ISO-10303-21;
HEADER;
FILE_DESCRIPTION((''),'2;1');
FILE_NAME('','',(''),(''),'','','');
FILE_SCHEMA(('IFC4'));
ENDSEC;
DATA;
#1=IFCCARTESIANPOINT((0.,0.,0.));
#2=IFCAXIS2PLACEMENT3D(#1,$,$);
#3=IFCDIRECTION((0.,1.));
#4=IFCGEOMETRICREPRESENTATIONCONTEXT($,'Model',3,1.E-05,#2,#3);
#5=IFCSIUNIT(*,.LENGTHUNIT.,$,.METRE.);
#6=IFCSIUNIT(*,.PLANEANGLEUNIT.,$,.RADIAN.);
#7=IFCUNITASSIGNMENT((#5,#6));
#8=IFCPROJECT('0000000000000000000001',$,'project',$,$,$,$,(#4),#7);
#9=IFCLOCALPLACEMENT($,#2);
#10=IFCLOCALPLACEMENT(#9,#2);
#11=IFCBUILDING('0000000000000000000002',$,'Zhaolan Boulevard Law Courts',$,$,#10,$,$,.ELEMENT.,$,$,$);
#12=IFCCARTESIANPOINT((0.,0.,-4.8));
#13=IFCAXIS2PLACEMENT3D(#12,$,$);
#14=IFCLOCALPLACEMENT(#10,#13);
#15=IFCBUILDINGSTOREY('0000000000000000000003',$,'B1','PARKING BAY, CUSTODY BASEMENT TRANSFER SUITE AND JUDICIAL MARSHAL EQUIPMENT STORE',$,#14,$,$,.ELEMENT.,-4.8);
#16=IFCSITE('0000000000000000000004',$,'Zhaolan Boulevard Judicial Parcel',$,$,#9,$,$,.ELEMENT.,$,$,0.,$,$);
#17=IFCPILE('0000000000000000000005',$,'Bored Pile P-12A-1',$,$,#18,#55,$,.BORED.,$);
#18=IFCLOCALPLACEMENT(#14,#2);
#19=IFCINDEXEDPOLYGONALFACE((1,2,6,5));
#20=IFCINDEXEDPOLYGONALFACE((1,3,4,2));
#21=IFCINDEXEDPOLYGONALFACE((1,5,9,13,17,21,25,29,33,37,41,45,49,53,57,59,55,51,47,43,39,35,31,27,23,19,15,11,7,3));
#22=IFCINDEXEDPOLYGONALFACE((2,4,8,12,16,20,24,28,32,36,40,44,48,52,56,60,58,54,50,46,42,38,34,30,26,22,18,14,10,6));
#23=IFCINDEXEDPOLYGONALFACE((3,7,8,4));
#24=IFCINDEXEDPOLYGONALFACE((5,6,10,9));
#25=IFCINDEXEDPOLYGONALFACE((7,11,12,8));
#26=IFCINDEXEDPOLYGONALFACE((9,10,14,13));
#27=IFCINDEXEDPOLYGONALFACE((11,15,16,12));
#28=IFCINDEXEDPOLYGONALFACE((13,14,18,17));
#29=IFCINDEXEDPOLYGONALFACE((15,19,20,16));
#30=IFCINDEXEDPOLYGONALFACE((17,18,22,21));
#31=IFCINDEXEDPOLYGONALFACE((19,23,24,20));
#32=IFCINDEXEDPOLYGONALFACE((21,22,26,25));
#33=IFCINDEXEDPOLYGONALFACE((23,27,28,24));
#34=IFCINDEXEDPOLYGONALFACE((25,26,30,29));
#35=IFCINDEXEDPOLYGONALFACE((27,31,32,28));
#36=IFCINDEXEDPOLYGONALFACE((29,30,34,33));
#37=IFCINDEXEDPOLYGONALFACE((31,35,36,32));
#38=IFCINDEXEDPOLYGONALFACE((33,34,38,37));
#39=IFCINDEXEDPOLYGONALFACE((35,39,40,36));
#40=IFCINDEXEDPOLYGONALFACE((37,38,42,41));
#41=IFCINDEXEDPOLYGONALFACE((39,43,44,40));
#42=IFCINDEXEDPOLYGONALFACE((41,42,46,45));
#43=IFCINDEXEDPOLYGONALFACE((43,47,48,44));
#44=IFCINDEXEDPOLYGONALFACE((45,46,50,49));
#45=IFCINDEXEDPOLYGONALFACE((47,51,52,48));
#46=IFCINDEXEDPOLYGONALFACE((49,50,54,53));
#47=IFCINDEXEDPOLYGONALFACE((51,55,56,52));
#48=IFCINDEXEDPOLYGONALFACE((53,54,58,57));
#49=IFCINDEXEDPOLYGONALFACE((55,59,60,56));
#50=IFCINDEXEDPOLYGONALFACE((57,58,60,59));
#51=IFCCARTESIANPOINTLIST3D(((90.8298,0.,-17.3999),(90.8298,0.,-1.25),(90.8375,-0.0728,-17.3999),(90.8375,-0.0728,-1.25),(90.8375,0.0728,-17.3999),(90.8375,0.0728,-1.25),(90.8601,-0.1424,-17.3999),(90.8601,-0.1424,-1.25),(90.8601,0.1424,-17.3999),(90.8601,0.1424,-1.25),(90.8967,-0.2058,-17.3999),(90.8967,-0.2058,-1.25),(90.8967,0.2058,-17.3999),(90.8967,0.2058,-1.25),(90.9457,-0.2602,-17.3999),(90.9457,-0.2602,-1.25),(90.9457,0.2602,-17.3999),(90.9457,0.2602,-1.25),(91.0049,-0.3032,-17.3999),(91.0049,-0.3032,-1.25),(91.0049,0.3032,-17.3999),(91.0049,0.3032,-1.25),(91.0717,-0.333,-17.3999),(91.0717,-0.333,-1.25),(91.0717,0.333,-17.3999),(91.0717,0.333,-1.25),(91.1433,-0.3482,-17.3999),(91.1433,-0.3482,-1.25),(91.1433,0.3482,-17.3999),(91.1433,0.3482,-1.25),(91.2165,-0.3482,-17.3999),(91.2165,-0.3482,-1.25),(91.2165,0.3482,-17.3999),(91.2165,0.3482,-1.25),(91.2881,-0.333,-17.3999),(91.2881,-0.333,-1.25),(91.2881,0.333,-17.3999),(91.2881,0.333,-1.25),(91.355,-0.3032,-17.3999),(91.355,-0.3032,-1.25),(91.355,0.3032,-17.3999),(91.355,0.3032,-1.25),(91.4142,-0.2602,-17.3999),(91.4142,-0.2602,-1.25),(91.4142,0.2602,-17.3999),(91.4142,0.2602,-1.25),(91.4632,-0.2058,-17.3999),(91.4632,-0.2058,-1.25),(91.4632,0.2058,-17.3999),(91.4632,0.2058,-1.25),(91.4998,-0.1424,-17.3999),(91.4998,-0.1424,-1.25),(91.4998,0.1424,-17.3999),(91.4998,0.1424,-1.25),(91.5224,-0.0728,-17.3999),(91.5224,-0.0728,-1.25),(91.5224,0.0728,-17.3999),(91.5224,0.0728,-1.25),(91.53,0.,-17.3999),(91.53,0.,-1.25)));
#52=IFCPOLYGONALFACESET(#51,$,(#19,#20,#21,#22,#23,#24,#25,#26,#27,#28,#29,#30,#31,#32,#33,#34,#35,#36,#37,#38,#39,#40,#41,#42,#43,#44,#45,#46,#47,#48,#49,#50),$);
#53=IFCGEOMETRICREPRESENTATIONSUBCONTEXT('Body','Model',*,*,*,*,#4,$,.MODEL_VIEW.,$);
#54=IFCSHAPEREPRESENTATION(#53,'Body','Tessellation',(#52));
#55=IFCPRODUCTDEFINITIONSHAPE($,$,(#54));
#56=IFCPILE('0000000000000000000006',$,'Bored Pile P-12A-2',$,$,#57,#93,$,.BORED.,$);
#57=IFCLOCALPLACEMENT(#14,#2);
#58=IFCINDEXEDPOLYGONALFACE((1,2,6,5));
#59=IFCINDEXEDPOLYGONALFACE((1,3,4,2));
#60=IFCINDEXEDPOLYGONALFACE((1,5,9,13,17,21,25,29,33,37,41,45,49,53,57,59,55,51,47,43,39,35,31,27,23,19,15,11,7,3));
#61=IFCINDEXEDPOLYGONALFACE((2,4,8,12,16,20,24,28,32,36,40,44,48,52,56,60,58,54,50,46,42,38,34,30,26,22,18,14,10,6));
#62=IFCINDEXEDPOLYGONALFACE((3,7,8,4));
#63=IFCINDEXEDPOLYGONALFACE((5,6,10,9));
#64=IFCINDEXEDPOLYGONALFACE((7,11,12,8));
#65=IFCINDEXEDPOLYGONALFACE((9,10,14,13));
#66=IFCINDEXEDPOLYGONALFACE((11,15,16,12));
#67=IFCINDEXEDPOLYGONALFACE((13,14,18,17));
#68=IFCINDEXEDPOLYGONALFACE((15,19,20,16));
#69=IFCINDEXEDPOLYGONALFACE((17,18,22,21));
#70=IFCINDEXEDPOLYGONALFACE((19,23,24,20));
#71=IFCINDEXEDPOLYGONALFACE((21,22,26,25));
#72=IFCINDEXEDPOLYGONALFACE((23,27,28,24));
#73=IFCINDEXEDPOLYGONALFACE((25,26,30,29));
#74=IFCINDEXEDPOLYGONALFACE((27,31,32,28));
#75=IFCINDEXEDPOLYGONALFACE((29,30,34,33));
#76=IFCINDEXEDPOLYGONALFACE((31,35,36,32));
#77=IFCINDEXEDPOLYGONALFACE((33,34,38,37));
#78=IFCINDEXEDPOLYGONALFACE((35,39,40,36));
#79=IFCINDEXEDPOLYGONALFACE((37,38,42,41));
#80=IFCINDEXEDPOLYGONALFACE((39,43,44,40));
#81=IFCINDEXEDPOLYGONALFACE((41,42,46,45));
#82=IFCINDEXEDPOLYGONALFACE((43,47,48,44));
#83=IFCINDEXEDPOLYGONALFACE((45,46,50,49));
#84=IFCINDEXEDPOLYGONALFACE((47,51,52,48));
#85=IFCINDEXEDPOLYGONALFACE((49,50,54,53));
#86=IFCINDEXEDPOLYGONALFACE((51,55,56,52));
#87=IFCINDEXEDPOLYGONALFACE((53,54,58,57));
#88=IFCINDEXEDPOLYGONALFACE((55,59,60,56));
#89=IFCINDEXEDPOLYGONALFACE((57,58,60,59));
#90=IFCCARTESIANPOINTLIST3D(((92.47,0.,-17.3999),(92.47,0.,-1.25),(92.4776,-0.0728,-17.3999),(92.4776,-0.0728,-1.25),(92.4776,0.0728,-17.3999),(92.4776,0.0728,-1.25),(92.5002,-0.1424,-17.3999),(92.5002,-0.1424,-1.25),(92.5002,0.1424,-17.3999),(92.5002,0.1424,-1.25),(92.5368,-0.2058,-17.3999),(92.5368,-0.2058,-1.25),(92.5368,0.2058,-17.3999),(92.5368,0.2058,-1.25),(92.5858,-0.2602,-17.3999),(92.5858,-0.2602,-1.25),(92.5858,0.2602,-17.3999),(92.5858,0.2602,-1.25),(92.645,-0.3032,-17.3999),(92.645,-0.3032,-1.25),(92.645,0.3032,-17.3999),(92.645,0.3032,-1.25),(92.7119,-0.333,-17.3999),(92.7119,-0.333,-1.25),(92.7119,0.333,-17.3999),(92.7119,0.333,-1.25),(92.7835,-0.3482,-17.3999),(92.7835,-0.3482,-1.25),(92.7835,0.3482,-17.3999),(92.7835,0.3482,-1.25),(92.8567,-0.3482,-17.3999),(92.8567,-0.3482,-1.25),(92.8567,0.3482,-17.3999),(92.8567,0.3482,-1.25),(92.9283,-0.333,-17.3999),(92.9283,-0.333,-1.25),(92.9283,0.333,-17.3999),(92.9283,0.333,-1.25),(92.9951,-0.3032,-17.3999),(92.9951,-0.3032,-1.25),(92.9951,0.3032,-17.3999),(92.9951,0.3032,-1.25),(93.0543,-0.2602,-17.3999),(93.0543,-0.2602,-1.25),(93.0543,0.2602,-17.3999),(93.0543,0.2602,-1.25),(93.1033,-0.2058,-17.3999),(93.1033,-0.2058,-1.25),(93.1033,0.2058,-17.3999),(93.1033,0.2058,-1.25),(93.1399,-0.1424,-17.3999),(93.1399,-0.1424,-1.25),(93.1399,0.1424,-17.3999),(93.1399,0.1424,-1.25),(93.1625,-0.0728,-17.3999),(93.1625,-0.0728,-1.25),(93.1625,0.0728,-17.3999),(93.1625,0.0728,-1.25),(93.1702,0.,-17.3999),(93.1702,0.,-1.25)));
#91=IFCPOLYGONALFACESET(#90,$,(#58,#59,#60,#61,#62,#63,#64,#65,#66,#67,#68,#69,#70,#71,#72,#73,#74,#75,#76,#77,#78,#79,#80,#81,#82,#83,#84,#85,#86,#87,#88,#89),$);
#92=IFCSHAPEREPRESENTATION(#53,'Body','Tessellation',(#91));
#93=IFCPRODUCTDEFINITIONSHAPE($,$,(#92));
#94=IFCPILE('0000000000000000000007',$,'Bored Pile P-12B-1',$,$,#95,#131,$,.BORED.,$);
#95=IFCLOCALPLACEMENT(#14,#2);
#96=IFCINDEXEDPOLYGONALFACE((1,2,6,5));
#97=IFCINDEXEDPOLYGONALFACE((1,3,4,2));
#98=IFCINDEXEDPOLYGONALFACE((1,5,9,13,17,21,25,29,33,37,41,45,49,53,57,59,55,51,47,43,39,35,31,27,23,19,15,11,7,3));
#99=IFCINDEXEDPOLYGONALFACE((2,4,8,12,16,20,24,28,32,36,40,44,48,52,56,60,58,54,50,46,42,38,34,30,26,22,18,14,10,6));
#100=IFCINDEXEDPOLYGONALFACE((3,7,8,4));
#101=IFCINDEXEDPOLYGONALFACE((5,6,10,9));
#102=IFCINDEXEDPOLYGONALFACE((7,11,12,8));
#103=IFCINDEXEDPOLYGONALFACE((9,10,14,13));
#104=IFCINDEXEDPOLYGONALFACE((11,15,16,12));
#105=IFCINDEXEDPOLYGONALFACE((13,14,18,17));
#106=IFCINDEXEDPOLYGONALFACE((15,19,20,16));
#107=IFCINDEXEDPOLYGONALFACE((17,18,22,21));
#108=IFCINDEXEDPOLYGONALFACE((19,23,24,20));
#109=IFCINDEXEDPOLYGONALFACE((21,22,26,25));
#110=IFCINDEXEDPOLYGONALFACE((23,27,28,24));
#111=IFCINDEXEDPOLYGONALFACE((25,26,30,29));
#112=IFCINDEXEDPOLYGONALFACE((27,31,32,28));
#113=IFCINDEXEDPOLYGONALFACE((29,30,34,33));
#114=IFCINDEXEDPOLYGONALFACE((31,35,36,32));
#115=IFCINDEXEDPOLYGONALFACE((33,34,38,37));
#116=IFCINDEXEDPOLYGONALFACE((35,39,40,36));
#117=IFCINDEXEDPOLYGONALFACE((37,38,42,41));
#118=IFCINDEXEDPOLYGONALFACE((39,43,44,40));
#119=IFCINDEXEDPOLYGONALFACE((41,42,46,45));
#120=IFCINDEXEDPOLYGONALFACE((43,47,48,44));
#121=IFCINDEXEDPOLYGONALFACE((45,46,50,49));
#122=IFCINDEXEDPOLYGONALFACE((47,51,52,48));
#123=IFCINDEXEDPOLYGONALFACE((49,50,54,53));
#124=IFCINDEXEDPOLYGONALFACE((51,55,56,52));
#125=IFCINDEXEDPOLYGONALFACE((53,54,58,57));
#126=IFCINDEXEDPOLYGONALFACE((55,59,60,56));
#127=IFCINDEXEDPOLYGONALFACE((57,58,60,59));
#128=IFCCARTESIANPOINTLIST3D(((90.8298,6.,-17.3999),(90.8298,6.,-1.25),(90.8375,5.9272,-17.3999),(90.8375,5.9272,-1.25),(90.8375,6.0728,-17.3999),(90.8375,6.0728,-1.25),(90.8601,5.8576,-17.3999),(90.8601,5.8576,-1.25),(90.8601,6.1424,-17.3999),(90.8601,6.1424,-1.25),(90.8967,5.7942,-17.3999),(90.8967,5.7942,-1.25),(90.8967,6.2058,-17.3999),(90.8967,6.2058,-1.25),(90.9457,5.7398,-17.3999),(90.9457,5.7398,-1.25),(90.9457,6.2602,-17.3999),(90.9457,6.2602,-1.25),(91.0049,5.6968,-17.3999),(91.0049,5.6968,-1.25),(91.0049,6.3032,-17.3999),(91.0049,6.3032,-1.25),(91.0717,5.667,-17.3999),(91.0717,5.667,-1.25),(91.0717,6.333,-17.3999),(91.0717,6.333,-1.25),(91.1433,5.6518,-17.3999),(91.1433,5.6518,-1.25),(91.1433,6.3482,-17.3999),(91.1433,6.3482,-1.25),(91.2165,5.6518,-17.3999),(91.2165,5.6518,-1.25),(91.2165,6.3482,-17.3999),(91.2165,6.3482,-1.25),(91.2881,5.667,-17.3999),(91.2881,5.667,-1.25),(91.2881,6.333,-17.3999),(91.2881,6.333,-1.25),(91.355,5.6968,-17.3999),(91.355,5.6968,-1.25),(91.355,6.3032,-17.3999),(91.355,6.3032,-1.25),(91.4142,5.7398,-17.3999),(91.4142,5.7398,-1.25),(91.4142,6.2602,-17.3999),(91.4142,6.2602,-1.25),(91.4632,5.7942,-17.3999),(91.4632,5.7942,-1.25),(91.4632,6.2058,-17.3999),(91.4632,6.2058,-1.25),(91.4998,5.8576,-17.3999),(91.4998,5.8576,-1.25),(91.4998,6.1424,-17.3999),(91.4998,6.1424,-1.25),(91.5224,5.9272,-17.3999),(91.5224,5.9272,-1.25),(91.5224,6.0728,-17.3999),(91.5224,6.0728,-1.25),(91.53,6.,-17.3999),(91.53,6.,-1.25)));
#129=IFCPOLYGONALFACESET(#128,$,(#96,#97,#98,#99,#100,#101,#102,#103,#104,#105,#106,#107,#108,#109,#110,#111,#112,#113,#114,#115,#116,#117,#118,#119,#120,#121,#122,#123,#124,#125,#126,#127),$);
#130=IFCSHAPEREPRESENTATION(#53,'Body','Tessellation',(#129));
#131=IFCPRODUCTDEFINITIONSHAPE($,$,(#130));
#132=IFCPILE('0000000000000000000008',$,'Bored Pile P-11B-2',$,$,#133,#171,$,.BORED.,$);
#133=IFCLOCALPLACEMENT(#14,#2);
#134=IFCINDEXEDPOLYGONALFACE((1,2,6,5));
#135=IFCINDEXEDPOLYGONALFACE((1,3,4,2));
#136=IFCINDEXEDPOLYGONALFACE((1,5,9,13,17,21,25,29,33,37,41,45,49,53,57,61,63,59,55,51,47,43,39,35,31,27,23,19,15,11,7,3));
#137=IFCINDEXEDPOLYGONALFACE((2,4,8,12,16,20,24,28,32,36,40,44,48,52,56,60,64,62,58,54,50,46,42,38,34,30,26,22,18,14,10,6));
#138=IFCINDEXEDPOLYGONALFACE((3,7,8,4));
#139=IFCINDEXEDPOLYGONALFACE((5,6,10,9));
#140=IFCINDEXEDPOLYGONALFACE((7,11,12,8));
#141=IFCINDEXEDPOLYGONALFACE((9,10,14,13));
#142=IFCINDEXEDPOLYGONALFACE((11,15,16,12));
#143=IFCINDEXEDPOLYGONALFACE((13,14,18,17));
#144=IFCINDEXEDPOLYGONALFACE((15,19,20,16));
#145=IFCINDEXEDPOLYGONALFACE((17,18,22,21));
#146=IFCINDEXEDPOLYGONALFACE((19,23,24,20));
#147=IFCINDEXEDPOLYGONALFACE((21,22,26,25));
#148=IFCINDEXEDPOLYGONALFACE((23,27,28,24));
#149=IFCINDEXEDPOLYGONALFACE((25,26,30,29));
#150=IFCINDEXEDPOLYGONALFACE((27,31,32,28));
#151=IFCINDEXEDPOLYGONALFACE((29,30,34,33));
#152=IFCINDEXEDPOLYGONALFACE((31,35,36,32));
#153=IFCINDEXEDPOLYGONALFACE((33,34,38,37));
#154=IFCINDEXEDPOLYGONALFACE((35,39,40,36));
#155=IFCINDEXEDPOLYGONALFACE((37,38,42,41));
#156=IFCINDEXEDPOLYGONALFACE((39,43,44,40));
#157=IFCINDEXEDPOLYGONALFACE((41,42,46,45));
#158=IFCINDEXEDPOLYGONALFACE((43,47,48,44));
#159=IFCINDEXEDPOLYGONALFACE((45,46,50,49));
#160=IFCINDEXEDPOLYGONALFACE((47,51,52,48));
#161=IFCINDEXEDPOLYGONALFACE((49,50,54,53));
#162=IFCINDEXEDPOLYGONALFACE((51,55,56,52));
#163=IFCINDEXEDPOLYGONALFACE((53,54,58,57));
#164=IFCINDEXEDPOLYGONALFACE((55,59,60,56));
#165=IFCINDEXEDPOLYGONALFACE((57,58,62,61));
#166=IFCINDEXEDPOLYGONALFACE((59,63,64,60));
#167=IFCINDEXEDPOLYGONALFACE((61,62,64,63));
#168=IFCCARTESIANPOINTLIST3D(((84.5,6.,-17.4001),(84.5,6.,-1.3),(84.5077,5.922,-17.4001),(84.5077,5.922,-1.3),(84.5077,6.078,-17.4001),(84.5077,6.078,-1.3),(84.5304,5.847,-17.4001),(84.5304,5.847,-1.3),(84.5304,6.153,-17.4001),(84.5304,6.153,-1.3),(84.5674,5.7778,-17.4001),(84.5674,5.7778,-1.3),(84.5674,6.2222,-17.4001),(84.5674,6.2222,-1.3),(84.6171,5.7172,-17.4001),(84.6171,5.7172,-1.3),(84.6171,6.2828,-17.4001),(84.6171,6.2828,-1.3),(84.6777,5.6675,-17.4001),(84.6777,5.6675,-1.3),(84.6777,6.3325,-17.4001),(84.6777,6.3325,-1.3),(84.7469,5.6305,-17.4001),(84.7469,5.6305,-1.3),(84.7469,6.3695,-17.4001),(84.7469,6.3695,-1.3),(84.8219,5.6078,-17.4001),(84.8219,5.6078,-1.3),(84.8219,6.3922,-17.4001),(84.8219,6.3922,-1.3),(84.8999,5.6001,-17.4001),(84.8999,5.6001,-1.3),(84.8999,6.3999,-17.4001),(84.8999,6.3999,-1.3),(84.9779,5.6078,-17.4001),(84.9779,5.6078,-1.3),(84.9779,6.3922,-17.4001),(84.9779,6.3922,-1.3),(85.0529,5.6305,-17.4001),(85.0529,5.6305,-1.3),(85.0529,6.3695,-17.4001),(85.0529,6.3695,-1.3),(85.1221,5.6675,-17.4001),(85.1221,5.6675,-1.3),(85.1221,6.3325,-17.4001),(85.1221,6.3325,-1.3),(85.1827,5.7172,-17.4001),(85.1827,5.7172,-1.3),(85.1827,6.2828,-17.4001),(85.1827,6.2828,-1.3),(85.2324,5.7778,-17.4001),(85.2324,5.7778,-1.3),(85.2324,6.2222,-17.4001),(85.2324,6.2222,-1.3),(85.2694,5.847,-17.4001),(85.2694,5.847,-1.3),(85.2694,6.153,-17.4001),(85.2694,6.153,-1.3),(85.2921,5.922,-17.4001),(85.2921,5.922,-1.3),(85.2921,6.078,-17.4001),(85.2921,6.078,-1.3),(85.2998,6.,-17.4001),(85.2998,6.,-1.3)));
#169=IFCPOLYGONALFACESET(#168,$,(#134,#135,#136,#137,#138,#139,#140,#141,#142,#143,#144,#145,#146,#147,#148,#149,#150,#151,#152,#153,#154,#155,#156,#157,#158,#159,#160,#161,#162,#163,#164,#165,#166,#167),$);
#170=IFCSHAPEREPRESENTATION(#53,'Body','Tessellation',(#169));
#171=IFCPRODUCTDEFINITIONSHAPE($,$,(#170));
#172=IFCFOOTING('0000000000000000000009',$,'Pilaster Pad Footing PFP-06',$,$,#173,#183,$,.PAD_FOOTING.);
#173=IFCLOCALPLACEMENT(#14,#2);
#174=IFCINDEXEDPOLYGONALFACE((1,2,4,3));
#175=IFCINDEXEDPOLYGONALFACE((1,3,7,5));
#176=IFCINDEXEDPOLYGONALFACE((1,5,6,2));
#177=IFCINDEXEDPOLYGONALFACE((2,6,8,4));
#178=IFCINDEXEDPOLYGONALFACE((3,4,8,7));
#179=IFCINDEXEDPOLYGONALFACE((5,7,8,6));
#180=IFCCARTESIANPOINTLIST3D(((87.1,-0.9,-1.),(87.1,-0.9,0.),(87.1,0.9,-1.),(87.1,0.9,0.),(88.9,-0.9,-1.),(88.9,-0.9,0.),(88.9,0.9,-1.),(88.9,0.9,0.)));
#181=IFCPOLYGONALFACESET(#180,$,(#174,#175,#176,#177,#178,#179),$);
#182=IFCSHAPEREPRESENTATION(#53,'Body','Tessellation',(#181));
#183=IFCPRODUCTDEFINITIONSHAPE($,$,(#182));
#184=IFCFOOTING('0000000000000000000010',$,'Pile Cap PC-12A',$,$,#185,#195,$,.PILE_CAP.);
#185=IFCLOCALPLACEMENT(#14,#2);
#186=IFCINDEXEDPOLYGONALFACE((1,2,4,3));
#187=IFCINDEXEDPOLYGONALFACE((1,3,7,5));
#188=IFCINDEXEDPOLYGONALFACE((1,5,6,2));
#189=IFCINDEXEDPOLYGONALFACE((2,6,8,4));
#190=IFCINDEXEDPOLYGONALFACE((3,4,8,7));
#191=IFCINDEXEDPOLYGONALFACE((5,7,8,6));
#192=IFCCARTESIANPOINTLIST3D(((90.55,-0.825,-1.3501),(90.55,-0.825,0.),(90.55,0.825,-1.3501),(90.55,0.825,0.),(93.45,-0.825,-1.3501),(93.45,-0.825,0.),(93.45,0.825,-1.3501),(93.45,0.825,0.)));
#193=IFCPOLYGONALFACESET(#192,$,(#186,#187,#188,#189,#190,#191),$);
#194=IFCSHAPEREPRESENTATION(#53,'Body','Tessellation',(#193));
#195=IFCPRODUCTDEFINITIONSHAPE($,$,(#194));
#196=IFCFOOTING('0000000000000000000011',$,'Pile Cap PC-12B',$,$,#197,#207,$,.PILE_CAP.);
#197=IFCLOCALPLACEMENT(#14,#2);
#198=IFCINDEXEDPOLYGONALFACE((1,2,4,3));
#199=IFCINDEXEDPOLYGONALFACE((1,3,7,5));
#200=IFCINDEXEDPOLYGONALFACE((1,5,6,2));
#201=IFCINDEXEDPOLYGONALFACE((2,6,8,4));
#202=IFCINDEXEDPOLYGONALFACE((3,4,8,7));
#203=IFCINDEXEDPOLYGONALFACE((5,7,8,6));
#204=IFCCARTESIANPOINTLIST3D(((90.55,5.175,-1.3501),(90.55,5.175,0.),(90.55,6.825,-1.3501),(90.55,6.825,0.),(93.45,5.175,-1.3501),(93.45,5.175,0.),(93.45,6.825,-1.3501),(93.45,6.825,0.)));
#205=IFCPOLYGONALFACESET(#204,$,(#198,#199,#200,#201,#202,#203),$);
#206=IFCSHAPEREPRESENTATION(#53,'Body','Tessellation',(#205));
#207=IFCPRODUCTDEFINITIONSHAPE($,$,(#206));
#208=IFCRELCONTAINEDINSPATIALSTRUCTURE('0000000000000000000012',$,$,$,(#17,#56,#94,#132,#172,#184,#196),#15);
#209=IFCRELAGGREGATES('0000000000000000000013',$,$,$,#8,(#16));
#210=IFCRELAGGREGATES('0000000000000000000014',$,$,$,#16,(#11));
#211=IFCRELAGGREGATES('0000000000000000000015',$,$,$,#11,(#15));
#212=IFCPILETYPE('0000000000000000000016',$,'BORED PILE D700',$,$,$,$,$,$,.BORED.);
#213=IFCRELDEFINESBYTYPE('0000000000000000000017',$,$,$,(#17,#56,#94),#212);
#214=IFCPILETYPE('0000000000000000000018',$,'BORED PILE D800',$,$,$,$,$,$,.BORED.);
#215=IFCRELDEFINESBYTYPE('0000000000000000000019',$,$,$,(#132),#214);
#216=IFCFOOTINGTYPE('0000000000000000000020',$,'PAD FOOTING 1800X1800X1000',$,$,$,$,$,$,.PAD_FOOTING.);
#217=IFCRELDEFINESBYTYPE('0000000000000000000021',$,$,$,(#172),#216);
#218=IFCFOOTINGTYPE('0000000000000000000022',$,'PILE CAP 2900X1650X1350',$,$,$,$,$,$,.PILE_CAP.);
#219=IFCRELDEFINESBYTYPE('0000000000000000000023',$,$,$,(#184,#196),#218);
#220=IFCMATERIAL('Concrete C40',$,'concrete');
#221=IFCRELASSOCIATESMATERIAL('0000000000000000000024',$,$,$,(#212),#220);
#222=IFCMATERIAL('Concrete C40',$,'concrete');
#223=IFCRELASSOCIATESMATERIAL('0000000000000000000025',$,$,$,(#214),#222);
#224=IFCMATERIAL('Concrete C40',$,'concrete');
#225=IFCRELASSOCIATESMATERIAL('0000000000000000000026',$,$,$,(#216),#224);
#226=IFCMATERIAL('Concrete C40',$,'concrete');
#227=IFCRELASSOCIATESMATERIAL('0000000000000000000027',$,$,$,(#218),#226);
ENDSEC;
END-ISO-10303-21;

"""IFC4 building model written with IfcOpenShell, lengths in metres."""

from ifc_helpers import new_model, si_unit, direction, frame, origin, origin_2d, place, context, subcontext, project, spatial, rectangle, circle, extrude, material, material_profile, profile_set, type_object, element, save


model = new_model("IFC4")

# Units and contexts
model_context = context("Model", 3, precision=1e-05, world=origin(), true_north=direction((0.0, 1.0)))
body_context = subcontext(model_context, "Body", "Model", "MODEL_VIEW")
ifc_project = project(units=[si_unit("LENGTHUNIT", "METRE"), si_unit("PLANEANGLEUNIT", "RADIAN")], contexts=[model_context])

# Site, building, storey
site_placement = place(None, origin())
site = spatial("IfcSite", under=ifc_project, at=site_placement, Name="Zhaolan Boulevard Judicial Parcel", CompositionType="ELEMENT", RefElevation=0.0)
building_placement = place(site_placement, origin())
building = spatial("IfcBuilding", under=site, at=building_placement, Name="Zhaolan Boulevard Law Courts", CompositionType="ELEMENT")
storey_placement = place(building_placement, frame((0.0, 0.0, -4.8)))
storey = spatial("IfcBuildingStorey", under=building, at=storey_placement, Name="B1", Description="PARKING BAY, CUSTODY BASEMENT TRANSFER SUITE AND JUDICIAL MARSHAL EQUIPMENT STORE", CompositionType="ELEMENT", Elevation=-4.8)

# Piles
ifc_material_1 = material(Name="Concrete C40", Category="concrete")
ifc_material_profile_1 = material_profile(ifc_material_1, circle(Radius=0.3501, at=origin_2d()), Name="PILE-D700")
ifc_profile_set_1 = profile_set([ifc_material_profile_1], Name="Concrete C40")
pile_type_1 = type_object("IfcPileType", Name="BORED PILE D700", PredefinedType="BORED", material=ifc_profile_set_1)
for number, where, z_axis, x_axis, name in (
    (1, (91.1799, 0.0, -1.25), (0.0, 0.0, -1.0), (1.0, 0.0, 0.0), "Bored Pile P-12A-1"),
    (2, (92.8201, 0.0, -1.25), (0.0, 0.0, -1.0), (1.0, 0.0, 0.0), "Bored Pile P-12A-2"),
    (3, (91.1799, 6.0, -1.25), (0.0, 0.0, -1.0), (1.0, 0.0, 0.0), "Bored Pile P-12B-1"),
):
    element("IfcPile", number, at=place(storey_placement, frame(where, z_axis=z_axis, x_axis=x_axis)), inside=storey, type_object=pile_type_1, Name=name, PredefinedType="BORED", context=body_context, shape_type="SweptSolid", body=[
        extrude(circle(Radius=0.3501, at=origin_2d()), origin(), (0.0, 0.0, 1.0), 16.1499),
    ])
ifc_material_2 = material(Name="Concrete C40", Category="concrete")
ifc_material_profile_2 = material_profile(ifc_material_2, circle(Radius=0.3999, at=origin_2d()), Name="PILE-D800")
ifc_profile_set_2 = profile_set([ifc_material_profile_2], Name="Concrete C40")
pile_type_2 = type_object("IfcPileType", Name="BORED PILE D800", PredefinedType="BORED", material=ifc_profile_set_2)
pile_placement = place(storey_placement, frame((84.8999, 6.0, -1.3), z_axis=(0.0, 0.0, -1.0), x_axis=(1.0, 0.0, 0.0)))
element("IfcPile", 4, at=pile_placement, inside=storey, type_object=pile_type_2, Name="Bored Pile P-11B-2", PredefinedType="BORED", context=body_context, shape_type="SweptSolid", body=[
    extrude(circle(Radius=0.3999, at=origin_2d()), origin(), (0.0, 0.0, 1.0), 16.1001),
])

# Footings
ifc_material_3 = material(Name="Concrete C40", Category="concrete")
footing_type_1 = type_object("IfcFootingType", Name="PAD FOOTING 1800X1800X1000", PredefinedType="PAD_FOOTING", material=ifc_material_3)
footing_1_placement = place(storey_placement, frame((88.0, 0.0, -1.0), z_axis=(0.0, 0.0, 1.0), x_axis=(1.0, 0.0, 0.0)))
element("IfcFooting", 5, at=footing_1_placement, inside=storey, type_object=footing_type_1, Name="Pilaster Pad Footing PFP-06", PredefinedType="PAD_FOOTING", context=body_context, shape_type="SweptSolid", body=[
    extrude(rectangle(XDim=1.8, YDim=1.8, at=origin_2d()), origin(), (0.0, 0.0, 1.0), 1.0),
])
ifc_material_4 = material(Name="Concrete C40", Category="concrete")
footing_type_2 = type_object("IfcFootingType", Name="PILE CAP 2900X1650X1350", PredefinedType="PILE_CAP", material=ifc_material_4)
for number, where, z_axis, x_axis, name in (
    (6, (92.0, 0.0, -1.3501), (0.0, 0.0, 1.0), (1.0, 0.0, 0.0), "Pile Cap PC-12A"),
    (7, (92.0, 6.0, -1.3501), (0.0, 0.0, 1.0), (1.0, 0.0, 0.0), "Pile Cap PC-12B"),
):
    element("IfcFooting", number, at=place(storey_placement, frame(where, z_axis=z_axis, x_axis=x_axis)), inside=storey, type_object=footing_type_2, Name=name, PredefinedType="PILE_CAP", context=body_context, shape_type="SweptSolid", body=[
        extrude(rectangle(XDim=2.8999, YDim=1.6499, at=origin_2d()), origin(), (0.0, 0.0, 1.0), 1.3501),
    ])

save(model, "model.ifc")
